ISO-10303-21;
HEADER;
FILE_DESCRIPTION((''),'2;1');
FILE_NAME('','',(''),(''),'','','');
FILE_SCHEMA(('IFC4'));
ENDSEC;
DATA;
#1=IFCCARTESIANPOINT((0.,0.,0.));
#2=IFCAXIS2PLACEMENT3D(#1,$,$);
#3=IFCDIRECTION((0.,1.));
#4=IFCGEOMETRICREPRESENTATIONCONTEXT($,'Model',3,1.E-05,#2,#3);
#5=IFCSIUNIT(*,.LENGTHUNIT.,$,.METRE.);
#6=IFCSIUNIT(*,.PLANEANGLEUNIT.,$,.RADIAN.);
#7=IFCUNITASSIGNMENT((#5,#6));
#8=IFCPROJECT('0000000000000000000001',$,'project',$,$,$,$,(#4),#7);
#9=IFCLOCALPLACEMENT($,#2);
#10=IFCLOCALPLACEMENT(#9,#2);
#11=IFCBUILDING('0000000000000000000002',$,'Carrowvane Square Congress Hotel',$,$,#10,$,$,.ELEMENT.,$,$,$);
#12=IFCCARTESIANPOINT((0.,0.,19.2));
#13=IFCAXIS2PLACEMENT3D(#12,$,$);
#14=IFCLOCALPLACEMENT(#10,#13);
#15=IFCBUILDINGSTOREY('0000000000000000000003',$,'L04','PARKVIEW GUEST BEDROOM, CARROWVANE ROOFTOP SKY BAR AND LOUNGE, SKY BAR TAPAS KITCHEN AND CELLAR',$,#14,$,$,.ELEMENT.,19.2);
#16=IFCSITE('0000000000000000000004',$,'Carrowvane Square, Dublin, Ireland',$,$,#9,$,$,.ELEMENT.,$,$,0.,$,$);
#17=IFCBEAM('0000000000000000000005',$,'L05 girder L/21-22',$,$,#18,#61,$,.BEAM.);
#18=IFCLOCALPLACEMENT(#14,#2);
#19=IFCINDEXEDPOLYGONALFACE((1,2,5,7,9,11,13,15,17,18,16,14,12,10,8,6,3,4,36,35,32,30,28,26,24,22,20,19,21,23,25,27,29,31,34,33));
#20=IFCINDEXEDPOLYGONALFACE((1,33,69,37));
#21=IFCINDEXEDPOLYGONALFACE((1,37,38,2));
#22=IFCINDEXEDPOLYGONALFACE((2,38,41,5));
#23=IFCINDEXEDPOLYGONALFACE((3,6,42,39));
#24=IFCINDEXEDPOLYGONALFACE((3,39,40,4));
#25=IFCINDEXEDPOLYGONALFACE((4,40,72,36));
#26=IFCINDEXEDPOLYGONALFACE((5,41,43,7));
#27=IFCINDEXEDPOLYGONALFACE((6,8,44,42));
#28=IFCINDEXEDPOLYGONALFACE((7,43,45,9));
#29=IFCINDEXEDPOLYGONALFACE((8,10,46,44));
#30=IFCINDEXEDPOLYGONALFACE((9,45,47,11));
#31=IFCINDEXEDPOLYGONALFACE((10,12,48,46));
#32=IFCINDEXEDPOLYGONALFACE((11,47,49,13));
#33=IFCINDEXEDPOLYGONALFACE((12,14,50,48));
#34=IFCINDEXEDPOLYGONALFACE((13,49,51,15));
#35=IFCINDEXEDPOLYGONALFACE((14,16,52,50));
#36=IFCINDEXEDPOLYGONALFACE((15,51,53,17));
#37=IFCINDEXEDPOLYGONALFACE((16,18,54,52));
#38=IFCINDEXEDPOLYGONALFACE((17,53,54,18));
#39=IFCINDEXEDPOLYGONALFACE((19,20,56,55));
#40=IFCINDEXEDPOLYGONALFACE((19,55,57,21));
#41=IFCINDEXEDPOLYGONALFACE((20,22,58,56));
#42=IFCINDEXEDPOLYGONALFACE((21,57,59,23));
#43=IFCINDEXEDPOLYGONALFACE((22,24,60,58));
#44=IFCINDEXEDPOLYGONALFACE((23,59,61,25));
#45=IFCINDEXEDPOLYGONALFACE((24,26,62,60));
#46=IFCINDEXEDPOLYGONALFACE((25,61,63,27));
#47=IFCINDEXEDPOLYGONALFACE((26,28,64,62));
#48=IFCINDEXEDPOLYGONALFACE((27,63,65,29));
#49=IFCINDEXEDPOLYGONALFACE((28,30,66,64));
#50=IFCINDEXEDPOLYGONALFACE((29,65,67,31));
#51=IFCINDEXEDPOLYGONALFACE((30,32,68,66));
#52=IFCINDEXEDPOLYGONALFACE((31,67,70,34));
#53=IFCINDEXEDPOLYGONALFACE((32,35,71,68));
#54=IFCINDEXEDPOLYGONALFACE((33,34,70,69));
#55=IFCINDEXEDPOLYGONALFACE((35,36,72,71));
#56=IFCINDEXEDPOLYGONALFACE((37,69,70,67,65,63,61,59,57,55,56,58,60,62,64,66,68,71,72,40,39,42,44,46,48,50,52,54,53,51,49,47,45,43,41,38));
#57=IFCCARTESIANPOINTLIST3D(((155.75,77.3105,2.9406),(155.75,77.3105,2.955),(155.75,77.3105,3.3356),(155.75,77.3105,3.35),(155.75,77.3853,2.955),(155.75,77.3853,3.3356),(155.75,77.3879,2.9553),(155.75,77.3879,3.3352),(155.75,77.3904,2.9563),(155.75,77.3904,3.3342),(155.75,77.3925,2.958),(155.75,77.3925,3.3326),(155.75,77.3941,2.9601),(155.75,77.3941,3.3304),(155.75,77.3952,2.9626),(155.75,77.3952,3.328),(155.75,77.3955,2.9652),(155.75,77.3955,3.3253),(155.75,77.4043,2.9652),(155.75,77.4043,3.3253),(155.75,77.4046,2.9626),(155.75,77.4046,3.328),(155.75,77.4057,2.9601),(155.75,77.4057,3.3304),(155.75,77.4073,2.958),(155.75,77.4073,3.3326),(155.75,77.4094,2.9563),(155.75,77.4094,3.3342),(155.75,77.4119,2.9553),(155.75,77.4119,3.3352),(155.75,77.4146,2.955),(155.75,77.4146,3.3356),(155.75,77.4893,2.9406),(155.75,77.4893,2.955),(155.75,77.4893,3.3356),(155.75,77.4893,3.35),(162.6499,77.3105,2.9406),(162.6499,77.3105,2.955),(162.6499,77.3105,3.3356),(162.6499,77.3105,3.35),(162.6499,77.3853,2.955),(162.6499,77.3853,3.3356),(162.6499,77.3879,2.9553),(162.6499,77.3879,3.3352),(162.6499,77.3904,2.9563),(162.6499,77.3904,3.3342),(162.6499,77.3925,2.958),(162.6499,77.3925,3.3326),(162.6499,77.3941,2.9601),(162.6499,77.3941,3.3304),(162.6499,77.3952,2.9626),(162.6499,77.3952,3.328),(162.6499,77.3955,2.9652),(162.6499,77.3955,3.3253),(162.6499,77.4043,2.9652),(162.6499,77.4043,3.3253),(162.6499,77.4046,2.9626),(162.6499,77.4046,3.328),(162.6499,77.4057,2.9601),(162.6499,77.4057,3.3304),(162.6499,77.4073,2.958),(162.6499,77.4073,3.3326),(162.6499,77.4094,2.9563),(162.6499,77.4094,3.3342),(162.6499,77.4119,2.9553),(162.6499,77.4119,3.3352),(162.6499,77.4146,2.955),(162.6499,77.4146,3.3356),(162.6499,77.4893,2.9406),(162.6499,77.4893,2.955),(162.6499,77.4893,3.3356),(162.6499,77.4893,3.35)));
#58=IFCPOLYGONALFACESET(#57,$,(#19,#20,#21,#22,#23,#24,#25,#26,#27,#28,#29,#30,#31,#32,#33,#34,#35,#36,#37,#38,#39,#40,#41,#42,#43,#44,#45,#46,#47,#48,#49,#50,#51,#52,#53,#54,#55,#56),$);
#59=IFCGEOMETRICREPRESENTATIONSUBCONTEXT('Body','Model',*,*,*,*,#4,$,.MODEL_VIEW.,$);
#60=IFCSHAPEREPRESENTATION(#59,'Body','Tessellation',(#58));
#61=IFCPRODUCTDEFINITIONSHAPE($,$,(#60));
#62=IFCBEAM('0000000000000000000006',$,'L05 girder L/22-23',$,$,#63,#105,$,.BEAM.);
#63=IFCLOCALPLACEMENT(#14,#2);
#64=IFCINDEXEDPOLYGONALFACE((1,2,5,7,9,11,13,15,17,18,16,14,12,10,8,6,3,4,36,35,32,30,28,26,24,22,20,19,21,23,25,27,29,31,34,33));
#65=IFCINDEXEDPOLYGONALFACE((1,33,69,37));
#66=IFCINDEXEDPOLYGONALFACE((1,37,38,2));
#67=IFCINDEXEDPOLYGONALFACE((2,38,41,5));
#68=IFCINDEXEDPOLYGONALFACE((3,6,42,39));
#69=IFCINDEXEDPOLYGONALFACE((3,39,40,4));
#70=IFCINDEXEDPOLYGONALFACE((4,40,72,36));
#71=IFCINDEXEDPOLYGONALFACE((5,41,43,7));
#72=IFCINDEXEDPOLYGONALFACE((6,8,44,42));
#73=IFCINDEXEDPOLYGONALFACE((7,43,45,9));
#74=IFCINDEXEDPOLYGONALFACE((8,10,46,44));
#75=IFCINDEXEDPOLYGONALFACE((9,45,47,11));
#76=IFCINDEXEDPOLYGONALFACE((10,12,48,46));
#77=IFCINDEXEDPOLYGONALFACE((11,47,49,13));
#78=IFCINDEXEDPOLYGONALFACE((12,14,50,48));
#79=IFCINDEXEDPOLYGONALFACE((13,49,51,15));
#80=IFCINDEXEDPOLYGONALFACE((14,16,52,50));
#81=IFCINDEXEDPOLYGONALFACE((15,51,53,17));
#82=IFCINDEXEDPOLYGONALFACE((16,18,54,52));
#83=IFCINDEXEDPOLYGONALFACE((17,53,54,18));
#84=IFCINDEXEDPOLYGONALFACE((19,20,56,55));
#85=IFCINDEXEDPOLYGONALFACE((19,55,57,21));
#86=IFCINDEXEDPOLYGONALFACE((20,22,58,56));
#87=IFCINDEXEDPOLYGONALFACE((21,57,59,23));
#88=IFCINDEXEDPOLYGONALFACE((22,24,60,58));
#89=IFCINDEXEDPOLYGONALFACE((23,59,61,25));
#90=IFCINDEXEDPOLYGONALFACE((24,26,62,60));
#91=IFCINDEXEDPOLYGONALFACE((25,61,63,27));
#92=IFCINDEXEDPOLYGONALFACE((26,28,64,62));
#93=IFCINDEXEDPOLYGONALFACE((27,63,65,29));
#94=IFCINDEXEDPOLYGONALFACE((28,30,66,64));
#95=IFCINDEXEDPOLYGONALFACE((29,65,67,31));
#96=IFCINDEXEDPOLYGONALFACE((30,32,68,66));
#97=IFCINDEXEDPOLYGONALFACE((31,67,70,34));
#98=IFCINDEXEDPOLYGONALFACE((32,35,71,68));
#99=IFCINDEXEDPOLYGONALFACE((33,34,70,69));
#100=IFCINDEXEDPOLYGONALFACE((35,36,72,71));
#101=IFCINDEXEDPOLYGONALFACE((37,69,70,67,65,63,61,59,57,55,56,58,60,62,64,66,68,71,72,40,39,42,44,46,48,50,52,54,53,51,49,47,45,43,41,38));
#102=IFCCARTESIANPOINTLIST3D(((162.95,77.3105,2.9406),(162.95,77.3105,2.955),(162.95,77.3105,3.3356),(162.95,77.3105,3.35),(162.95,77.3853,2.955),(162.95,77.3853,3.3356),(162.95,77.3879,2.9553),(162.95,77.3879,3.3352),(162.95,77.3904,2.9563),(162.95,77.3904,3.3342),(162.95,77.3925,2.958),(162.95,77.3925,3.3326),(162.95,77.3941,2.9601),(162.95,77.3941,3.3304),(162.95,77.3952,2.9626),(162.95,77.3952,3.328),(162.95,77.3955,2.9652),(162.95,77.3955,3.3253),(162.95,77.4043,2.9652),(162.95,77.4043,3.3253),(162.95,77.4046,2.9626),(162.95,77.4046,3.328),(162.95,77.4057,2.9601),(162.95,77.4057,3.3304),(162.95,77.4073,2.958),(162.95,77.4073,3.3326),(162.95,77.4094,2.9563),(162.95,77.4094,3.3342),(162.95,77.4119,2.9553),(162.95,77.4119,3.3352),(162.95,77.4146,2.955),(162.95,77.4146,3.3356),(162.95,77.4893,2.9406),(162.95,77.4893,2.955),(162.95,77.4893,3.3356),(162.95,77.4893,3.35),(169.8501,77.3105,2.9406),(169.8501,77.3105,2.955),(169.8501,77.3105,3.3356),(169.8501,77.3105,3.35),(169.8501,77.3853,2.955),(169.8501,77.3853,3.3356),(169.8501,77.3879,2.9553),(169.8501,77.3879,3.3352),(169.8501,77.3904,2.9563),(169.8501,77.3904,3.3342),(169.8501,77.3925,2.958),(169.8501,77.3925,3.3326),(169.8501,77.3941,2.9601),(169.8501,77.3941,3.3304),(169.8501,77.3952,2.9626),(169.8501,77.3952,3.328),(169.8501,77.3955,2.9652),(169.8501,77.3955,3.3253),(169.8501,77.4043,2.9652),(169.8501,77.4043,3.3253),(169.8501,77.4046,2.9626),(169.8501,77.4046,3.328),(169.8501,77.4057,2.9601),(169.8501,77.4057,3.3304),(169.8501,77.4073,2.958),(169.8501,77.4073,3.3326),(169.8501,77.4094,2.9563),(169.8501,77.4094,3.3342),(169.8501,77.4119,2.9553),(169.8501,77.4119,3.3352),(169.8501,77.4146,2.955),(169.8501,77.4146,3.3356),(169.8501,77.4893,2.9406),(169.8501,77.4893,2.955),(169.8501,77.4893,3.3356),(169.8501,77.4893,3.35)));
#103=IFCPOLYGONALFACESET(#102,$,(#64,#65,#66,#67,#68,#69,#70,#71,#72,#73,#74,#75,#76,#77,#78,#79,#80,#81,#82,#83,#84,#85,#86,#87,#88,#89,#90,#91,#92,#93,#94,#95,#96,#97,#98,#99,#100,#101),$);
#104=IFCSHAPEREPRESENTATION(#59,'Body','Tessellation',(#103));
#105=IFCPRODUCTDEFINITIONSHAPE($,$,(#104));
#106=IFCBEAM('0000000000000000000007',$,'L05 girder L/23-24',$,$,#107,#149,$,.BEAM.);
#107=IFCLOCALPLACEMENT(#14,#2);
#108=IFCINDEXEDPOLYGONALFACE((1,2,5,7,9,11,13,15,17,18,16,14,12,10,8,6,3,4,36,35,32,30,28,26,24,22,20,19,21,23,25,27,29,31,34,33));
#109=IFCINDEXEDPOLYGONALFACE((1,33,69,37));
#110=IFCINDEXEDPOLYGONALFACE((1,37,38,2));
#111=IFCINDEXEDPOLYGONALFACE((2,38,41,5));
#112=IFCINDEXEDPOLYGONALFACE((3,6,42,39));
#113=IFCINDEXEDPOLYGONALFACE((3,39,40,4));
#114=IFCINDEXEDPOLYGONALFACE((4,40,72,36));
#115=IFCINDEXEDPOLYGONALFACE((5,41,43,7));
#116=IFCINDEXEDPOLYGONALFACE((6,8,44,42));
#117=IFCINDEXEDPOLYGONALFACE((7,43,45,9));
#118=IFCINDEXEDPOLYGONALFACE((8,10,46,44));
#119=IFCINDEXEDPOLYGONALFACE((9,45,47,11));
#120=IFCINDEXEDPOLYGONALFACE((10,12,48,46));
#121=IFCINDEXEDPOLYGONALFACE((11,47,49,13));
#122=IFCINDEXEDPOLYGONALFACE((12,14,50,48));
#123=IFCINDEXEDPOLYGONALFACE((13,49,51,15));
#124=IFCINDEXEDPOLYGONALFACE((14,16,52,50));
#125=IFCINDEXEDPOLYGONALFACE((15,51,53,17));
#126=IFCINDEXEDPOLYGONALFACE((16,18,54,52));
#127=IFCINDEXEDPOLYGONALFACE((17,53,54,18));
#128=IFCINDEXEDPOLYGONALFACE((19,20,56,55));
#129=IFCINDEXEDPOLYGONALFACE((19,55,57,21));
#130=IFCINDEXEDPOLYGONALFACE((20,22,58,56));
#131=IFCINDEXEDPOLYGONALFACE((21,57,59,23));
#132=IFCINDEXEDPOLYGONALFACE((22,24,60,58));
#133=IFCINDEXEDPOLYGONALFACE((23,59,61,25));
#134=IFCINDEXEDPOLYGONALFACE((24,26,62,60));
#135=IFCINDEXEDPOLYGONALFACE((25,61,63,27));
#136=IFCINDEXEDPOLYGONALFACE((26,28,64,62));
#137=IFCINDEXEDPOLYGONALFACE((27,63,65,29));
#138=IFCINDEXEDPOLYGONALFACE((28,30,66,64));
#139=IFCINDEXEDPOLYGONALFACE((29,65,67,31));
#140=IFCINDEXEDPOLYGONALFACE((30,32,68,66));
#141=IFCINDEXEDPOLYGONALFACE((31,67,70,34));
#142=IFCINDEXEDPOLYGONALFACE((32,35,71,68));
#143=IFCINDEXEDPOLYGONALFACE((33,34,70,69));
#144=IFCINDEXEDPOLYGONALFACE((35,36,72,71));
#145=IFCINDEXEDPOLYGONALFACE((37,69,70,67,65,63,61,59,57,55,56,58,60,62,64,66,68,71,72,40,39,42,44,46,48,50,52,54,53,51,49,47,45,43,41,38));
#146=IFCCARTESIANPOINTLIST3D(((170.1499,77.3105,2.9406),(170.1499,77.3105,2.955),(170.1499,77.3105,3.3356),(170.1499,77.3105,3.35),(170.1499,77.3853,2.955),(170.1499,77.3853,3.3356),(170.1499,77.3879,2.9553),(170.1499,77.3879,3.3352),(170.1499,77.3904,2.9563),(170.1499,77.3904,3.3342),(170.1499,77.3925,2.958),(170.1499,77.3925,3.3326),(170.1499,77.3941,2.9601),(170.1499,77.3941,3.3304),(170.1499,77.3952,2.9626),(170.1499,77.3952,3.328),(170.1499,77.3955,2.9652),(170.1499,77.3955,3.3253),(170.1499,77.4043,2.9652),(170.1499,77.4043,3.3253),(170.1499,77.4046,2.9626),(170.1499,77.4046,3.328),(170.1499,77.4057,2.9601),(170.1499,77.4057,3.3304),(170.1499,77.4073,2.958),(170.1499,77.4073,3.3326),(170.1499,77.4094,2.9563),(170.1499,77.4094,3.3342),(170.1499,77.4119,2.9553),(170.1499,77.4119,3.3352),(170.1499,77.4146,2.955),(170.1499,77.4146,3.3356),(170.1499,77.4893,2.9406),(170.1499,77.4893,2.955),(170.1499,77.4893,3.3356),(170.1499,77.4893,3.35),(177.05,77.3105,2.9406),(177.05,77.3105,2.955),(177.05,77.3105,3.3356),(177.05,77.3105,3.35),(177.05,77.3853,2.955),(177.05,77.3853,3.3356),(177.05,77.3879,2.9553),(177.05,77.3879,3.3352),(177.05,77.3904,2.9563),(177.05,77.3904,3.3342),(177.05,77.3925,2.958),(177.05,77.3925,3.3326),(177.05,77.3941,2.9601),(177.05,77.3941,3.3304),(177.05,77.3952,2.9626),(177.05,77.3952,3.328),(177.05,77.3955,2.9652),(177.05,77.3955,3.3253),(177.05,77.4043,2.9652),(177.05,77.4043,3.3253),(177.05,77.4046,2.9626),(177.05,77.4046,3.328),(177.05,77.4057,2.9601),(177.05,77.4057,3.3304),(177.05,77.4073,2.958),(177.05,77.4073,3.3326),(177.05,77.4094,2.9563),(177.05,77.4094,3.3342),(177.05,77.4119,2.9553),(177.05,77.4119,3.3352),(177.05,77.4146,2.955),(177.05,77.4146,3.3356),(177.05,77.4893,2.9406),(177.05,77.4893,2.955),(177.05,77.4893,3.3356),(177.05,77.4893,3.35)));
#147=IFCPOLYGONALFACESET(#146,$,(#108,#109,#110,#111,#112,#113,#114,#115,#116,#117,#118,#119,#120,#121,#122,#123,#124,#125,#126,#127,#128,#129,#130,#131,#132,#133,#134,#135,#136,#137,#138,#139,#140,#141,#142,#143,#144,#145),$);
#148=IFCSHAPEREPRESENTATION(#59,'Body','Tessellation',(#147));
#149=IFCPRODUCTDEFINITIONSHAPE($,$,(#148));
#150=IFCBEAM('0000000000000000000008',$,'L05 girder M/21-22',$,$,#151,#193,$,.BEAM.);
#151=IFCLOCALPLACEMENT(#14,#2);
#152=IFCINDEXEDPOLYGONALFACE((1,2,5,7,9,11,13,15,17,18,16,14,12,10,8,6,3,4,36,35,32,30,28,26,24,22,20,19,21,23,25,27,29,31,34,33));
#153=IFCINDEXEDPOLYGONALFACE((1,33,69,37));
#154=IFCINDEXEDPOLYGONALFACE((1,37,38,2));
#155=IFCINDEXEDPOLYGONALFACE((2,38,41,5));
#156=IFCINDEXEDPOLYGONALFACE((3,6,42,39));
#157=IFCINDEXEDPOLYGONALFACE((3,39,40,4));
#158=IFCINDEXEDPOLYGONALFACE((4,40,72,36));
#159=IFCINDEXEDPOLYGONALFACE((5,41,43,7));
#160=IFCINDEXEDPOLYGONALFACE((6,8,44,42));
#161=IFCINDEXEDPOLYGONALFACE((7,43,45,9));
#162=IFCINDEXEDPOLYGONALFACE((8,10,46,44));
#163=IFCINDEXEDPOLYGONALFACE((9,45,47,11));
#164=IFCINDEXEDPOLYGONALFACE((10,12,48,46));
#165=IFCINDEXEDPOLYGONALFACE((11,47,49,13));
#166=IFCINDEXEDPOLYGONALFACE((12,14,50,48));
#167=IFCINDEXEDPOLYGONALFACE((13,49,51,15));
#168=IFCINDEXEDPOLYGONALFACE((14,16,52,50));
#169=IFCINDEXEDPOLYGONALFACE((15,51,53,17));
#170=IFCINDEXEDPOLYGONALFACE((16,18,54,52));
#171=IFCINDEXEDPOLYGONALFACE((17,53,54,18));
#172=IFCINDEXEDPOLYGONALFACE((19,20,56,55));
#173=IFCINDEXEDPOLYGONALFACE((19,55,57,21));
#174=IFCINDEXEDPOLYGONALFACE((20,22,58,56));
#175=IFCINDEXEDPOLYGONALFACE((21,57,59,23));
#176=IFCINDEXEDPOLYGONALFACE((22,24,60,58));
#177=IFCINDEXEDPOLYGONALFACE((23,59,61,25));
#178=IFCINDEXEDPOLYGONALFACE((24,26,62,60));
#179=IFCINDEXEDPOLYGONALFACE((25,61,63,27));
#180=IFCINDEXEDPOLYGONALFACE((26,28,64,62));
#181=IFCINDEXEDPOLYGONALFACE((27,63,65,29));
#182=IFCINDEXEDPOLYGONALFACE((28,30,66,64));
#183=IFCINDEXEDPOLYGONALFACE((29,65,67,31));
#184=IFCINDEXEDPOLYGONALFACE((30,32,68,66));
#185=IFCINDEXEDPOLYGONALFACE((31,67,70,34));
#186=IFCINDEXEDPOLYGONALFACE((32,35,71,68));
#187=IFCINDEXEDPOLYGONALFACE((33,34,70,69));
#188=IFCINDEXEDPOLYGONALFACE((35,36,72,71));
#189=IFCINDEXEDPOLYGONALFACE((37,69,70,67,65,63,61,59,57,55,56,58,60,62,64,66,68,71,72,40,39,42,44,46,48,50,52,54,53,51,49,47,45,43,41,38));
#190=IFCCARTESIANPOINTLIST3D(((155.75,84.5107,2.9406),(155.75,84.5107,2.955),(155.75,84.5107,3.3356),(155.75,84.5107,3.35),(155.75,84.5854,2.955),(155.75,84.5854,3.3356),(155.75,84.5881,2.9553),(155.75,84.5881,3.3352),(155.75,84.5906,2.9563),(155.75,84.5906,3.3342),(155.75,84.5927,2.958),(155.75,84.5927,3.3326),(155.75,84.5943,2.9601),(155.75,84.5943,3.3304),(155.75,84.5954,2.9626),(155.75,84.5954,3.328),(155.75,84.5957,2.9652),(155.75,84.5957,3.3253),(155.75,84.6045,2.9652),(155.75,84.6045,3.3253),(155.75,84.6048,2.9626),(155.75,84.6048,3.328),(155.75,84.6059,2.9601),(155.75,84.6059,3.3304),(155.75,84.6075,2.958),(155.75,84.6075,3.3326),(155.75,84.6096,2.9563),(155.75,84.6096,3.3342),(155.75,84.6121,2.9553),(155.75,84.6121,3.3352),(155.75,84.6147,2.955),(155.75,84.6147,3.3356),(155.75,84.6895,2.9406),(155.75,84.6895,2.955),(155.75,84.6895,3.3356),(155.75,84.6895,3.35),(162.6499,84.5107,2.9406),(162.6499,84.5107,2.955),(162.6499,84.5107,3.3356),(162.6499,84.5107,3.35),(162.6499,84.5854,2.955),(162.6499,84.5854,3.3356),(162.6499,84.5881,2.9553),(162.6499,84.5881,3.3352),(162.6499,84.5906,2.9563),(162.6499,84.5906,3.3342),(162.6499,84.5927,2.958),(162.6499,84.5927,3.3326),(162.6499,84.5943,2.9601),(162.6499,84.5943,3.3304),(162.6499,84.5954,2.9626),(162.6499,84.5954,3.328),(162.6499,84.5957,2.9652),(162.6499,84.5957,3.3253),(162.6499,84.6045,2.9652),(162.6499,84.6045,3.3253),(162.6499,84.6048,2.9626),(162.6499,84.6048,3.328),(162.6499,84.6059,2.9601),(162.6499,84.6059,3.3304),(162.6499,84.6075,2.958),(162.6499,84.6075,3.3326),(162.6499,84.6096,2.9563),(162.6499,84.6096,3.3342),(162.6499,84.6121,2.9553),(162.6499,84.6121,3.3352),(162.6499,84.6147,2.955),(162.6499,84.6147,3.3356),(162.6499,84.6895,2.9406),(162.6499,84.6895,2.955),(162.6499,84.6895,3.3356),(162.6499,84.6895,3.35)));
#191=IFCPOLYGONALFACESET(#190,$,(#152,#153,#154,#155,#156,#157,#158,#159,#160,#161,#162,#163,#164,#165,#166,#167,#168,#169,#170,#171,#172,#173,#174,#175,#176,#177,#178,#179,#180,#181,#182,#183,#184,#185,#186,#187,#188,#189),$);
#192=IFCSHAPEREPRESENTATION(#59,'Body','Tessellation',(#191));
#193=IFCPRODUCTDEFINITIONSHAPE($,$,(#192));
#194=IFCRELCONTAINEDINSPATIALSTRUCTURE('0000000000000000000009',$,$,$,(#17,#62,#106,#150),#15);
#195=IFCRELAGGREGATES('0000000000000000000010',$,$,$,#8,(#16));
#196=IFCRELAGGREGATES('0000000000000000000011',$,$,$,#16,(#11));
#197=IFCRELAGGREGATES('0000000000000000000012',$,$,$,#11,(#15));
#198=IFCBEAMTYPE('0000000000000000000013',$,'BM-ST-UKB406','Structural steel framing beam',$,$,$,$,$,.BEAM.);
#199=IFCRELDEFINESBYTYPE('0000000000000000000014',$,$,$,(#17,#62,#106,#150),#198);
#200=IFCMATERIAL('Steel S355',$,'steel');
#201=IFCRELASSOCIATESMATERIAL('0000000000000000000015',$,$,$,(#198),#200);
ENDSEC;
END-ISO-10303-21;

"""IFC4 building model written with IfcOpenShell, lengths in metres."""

from ifc_helpers import new_model, si_unit, direction, frame, origin, origin_2d, place, context, subcontext, project, spatial, i_section, extrude, material, material_profile, profile_set, type_object, element, save


model = new_model("IFC4")

# Units and contexts
model_context = context("Model", 3, precision=1e-05, world=origin(), true_north=direction((0.0, 1.0)))
body_context = subcontext(model_context, "Body", "Model", "MODEL_VIEW")
ifc_project = project(units=[si_unit("LENGTHUNIT", "METRE"), si_unit("PLANEANGLEUNIT", "RADIAN")], contexts=[model_context])

# Site, building, storey
site_placement = place(None, origin())
site = spatial("IfcSite", under=ifc_project, at=site_placement, Name="Carrowvane Square, Dublin, Ireland", CompositionType="ELEMENT", RefElevation=0.0)
building_placement = place(site_placement, origin())
building = spatial("IfcBuilding", under=site, at=building_placement, Name="Carrowvane Square Congress Hotel", CompositionType="ELEMENT")
storey_placement = place(building_placement, frame((0.0, 0.0, 19.2)))
storey = spatial("IfcBuildingStorey", under=building, at=storey_placement, Name="L04", Description="PARKVIEW GUEST BEDROOM, CARROWVANE ROOFTOP SKY BAR AND LOUNGE, SKY BAR TAPAS KITCHEN AND CELLAR", CompositionType="ELEMENT", Elevation=19.2)

# Beams
ifc_material_1 = material(Name="Steel S355", Category="steel")
ifc_material_profile_1 = material_profile(ifc_material_1, i_section(OverallWidth=0.1787, OverallDepth=0.4094, WebThickness=0.0088, FlangeThickness=0.0144, FilletRadius=0.0103, at=origin_2d()), Name="UKB 406x178x67")
ifc_profile_set_1 = profile_set([ifc_material_profile_1], Name="Steel S355")
beam_type_1 = type_object("IfcBeamType", Name="BM-ST-UKB406", Description="Structural steel framing beam", PredefinedType="BEAM", material=ifc_profile_set_1)
beam_1_placement = place(storey_placement, frame((155.75, 77.3999, 3.1453), z_axis=(1.0, 0.0, 0.0), x_axis=(0.0, 1.0, 0.0)))
element("IfcBeam", 1, at=beam_1_placement, inside=storey, type_object=beam_type_1, Name="L05 girder L/21-22", PredefinedType="BEAM", context=body_context, shape_type="SweptSolid", body=[
    extrude(i_section(OverallWidth=0.1787, OverallDepth=0.4094, WebThickness=0.0088, FlangeThickness=0.0144, FilletRadius=0.0103, at=origin_2d()), origin(), (0.0, 0.0, 1.0), 6.8999),
])
for number, where, z_axis, x_axis, name in (
    (2, (162.95, 77.3999, 3.1453), (1.0, 0.0, 0.0), (0.0, 1.0, 0.0), "L05 girder L/22-23"),
    (3, (170.1499, 77.3999, 3.1453), (1.0, 0.0, 0.0), (0.0, 1.0, 0.0), "L05 girder L/23-24"),
):
    element("IfcBeam", number, at=place(storey_placement, frame(where, z_axis=z_axis, x_axis=x_axis)), inside=storey, type_object=beam_type_1, Name=name, PredefinedType="BEAM", context=body_context, shape_type="SweptSolid", body=[
        extrude(i_section(OverallWidth=0.1787, OverallDepth=0.4094, WebThickness=0.0088, FlangeThickness=0.0144, FilletRadius=0.0103, at=origin_2d()), origin(), (0.0, 0.0, 1.0), 6.9001),
    ])
beam_2_placement = place(storey_placement, frame((155.75, 84.6001, 3.1453), z_axis=(1.0, 0.0, 0.0), x_axis=(0.0, 1.0, 0.0)))
element("IfcBeam", 4, at=beam_2_placement, inside=storey, type_object=beam_type_1, Name="L05 girder M/21-22", PredefinedType="BEAM", context=body_context, shape_type="SweptSolid", body=[
    extrude(i_section(OverallWidth=0.1787, OverallDepth=0.4094, WebThickness=0.0088, FlangeThickness=0.0144, FilletRadius=0.0103, at=origin_2d()), origin(), (0.0, 0.0, 1.0), 6.8999),
])

save(model, "model.ifc")
